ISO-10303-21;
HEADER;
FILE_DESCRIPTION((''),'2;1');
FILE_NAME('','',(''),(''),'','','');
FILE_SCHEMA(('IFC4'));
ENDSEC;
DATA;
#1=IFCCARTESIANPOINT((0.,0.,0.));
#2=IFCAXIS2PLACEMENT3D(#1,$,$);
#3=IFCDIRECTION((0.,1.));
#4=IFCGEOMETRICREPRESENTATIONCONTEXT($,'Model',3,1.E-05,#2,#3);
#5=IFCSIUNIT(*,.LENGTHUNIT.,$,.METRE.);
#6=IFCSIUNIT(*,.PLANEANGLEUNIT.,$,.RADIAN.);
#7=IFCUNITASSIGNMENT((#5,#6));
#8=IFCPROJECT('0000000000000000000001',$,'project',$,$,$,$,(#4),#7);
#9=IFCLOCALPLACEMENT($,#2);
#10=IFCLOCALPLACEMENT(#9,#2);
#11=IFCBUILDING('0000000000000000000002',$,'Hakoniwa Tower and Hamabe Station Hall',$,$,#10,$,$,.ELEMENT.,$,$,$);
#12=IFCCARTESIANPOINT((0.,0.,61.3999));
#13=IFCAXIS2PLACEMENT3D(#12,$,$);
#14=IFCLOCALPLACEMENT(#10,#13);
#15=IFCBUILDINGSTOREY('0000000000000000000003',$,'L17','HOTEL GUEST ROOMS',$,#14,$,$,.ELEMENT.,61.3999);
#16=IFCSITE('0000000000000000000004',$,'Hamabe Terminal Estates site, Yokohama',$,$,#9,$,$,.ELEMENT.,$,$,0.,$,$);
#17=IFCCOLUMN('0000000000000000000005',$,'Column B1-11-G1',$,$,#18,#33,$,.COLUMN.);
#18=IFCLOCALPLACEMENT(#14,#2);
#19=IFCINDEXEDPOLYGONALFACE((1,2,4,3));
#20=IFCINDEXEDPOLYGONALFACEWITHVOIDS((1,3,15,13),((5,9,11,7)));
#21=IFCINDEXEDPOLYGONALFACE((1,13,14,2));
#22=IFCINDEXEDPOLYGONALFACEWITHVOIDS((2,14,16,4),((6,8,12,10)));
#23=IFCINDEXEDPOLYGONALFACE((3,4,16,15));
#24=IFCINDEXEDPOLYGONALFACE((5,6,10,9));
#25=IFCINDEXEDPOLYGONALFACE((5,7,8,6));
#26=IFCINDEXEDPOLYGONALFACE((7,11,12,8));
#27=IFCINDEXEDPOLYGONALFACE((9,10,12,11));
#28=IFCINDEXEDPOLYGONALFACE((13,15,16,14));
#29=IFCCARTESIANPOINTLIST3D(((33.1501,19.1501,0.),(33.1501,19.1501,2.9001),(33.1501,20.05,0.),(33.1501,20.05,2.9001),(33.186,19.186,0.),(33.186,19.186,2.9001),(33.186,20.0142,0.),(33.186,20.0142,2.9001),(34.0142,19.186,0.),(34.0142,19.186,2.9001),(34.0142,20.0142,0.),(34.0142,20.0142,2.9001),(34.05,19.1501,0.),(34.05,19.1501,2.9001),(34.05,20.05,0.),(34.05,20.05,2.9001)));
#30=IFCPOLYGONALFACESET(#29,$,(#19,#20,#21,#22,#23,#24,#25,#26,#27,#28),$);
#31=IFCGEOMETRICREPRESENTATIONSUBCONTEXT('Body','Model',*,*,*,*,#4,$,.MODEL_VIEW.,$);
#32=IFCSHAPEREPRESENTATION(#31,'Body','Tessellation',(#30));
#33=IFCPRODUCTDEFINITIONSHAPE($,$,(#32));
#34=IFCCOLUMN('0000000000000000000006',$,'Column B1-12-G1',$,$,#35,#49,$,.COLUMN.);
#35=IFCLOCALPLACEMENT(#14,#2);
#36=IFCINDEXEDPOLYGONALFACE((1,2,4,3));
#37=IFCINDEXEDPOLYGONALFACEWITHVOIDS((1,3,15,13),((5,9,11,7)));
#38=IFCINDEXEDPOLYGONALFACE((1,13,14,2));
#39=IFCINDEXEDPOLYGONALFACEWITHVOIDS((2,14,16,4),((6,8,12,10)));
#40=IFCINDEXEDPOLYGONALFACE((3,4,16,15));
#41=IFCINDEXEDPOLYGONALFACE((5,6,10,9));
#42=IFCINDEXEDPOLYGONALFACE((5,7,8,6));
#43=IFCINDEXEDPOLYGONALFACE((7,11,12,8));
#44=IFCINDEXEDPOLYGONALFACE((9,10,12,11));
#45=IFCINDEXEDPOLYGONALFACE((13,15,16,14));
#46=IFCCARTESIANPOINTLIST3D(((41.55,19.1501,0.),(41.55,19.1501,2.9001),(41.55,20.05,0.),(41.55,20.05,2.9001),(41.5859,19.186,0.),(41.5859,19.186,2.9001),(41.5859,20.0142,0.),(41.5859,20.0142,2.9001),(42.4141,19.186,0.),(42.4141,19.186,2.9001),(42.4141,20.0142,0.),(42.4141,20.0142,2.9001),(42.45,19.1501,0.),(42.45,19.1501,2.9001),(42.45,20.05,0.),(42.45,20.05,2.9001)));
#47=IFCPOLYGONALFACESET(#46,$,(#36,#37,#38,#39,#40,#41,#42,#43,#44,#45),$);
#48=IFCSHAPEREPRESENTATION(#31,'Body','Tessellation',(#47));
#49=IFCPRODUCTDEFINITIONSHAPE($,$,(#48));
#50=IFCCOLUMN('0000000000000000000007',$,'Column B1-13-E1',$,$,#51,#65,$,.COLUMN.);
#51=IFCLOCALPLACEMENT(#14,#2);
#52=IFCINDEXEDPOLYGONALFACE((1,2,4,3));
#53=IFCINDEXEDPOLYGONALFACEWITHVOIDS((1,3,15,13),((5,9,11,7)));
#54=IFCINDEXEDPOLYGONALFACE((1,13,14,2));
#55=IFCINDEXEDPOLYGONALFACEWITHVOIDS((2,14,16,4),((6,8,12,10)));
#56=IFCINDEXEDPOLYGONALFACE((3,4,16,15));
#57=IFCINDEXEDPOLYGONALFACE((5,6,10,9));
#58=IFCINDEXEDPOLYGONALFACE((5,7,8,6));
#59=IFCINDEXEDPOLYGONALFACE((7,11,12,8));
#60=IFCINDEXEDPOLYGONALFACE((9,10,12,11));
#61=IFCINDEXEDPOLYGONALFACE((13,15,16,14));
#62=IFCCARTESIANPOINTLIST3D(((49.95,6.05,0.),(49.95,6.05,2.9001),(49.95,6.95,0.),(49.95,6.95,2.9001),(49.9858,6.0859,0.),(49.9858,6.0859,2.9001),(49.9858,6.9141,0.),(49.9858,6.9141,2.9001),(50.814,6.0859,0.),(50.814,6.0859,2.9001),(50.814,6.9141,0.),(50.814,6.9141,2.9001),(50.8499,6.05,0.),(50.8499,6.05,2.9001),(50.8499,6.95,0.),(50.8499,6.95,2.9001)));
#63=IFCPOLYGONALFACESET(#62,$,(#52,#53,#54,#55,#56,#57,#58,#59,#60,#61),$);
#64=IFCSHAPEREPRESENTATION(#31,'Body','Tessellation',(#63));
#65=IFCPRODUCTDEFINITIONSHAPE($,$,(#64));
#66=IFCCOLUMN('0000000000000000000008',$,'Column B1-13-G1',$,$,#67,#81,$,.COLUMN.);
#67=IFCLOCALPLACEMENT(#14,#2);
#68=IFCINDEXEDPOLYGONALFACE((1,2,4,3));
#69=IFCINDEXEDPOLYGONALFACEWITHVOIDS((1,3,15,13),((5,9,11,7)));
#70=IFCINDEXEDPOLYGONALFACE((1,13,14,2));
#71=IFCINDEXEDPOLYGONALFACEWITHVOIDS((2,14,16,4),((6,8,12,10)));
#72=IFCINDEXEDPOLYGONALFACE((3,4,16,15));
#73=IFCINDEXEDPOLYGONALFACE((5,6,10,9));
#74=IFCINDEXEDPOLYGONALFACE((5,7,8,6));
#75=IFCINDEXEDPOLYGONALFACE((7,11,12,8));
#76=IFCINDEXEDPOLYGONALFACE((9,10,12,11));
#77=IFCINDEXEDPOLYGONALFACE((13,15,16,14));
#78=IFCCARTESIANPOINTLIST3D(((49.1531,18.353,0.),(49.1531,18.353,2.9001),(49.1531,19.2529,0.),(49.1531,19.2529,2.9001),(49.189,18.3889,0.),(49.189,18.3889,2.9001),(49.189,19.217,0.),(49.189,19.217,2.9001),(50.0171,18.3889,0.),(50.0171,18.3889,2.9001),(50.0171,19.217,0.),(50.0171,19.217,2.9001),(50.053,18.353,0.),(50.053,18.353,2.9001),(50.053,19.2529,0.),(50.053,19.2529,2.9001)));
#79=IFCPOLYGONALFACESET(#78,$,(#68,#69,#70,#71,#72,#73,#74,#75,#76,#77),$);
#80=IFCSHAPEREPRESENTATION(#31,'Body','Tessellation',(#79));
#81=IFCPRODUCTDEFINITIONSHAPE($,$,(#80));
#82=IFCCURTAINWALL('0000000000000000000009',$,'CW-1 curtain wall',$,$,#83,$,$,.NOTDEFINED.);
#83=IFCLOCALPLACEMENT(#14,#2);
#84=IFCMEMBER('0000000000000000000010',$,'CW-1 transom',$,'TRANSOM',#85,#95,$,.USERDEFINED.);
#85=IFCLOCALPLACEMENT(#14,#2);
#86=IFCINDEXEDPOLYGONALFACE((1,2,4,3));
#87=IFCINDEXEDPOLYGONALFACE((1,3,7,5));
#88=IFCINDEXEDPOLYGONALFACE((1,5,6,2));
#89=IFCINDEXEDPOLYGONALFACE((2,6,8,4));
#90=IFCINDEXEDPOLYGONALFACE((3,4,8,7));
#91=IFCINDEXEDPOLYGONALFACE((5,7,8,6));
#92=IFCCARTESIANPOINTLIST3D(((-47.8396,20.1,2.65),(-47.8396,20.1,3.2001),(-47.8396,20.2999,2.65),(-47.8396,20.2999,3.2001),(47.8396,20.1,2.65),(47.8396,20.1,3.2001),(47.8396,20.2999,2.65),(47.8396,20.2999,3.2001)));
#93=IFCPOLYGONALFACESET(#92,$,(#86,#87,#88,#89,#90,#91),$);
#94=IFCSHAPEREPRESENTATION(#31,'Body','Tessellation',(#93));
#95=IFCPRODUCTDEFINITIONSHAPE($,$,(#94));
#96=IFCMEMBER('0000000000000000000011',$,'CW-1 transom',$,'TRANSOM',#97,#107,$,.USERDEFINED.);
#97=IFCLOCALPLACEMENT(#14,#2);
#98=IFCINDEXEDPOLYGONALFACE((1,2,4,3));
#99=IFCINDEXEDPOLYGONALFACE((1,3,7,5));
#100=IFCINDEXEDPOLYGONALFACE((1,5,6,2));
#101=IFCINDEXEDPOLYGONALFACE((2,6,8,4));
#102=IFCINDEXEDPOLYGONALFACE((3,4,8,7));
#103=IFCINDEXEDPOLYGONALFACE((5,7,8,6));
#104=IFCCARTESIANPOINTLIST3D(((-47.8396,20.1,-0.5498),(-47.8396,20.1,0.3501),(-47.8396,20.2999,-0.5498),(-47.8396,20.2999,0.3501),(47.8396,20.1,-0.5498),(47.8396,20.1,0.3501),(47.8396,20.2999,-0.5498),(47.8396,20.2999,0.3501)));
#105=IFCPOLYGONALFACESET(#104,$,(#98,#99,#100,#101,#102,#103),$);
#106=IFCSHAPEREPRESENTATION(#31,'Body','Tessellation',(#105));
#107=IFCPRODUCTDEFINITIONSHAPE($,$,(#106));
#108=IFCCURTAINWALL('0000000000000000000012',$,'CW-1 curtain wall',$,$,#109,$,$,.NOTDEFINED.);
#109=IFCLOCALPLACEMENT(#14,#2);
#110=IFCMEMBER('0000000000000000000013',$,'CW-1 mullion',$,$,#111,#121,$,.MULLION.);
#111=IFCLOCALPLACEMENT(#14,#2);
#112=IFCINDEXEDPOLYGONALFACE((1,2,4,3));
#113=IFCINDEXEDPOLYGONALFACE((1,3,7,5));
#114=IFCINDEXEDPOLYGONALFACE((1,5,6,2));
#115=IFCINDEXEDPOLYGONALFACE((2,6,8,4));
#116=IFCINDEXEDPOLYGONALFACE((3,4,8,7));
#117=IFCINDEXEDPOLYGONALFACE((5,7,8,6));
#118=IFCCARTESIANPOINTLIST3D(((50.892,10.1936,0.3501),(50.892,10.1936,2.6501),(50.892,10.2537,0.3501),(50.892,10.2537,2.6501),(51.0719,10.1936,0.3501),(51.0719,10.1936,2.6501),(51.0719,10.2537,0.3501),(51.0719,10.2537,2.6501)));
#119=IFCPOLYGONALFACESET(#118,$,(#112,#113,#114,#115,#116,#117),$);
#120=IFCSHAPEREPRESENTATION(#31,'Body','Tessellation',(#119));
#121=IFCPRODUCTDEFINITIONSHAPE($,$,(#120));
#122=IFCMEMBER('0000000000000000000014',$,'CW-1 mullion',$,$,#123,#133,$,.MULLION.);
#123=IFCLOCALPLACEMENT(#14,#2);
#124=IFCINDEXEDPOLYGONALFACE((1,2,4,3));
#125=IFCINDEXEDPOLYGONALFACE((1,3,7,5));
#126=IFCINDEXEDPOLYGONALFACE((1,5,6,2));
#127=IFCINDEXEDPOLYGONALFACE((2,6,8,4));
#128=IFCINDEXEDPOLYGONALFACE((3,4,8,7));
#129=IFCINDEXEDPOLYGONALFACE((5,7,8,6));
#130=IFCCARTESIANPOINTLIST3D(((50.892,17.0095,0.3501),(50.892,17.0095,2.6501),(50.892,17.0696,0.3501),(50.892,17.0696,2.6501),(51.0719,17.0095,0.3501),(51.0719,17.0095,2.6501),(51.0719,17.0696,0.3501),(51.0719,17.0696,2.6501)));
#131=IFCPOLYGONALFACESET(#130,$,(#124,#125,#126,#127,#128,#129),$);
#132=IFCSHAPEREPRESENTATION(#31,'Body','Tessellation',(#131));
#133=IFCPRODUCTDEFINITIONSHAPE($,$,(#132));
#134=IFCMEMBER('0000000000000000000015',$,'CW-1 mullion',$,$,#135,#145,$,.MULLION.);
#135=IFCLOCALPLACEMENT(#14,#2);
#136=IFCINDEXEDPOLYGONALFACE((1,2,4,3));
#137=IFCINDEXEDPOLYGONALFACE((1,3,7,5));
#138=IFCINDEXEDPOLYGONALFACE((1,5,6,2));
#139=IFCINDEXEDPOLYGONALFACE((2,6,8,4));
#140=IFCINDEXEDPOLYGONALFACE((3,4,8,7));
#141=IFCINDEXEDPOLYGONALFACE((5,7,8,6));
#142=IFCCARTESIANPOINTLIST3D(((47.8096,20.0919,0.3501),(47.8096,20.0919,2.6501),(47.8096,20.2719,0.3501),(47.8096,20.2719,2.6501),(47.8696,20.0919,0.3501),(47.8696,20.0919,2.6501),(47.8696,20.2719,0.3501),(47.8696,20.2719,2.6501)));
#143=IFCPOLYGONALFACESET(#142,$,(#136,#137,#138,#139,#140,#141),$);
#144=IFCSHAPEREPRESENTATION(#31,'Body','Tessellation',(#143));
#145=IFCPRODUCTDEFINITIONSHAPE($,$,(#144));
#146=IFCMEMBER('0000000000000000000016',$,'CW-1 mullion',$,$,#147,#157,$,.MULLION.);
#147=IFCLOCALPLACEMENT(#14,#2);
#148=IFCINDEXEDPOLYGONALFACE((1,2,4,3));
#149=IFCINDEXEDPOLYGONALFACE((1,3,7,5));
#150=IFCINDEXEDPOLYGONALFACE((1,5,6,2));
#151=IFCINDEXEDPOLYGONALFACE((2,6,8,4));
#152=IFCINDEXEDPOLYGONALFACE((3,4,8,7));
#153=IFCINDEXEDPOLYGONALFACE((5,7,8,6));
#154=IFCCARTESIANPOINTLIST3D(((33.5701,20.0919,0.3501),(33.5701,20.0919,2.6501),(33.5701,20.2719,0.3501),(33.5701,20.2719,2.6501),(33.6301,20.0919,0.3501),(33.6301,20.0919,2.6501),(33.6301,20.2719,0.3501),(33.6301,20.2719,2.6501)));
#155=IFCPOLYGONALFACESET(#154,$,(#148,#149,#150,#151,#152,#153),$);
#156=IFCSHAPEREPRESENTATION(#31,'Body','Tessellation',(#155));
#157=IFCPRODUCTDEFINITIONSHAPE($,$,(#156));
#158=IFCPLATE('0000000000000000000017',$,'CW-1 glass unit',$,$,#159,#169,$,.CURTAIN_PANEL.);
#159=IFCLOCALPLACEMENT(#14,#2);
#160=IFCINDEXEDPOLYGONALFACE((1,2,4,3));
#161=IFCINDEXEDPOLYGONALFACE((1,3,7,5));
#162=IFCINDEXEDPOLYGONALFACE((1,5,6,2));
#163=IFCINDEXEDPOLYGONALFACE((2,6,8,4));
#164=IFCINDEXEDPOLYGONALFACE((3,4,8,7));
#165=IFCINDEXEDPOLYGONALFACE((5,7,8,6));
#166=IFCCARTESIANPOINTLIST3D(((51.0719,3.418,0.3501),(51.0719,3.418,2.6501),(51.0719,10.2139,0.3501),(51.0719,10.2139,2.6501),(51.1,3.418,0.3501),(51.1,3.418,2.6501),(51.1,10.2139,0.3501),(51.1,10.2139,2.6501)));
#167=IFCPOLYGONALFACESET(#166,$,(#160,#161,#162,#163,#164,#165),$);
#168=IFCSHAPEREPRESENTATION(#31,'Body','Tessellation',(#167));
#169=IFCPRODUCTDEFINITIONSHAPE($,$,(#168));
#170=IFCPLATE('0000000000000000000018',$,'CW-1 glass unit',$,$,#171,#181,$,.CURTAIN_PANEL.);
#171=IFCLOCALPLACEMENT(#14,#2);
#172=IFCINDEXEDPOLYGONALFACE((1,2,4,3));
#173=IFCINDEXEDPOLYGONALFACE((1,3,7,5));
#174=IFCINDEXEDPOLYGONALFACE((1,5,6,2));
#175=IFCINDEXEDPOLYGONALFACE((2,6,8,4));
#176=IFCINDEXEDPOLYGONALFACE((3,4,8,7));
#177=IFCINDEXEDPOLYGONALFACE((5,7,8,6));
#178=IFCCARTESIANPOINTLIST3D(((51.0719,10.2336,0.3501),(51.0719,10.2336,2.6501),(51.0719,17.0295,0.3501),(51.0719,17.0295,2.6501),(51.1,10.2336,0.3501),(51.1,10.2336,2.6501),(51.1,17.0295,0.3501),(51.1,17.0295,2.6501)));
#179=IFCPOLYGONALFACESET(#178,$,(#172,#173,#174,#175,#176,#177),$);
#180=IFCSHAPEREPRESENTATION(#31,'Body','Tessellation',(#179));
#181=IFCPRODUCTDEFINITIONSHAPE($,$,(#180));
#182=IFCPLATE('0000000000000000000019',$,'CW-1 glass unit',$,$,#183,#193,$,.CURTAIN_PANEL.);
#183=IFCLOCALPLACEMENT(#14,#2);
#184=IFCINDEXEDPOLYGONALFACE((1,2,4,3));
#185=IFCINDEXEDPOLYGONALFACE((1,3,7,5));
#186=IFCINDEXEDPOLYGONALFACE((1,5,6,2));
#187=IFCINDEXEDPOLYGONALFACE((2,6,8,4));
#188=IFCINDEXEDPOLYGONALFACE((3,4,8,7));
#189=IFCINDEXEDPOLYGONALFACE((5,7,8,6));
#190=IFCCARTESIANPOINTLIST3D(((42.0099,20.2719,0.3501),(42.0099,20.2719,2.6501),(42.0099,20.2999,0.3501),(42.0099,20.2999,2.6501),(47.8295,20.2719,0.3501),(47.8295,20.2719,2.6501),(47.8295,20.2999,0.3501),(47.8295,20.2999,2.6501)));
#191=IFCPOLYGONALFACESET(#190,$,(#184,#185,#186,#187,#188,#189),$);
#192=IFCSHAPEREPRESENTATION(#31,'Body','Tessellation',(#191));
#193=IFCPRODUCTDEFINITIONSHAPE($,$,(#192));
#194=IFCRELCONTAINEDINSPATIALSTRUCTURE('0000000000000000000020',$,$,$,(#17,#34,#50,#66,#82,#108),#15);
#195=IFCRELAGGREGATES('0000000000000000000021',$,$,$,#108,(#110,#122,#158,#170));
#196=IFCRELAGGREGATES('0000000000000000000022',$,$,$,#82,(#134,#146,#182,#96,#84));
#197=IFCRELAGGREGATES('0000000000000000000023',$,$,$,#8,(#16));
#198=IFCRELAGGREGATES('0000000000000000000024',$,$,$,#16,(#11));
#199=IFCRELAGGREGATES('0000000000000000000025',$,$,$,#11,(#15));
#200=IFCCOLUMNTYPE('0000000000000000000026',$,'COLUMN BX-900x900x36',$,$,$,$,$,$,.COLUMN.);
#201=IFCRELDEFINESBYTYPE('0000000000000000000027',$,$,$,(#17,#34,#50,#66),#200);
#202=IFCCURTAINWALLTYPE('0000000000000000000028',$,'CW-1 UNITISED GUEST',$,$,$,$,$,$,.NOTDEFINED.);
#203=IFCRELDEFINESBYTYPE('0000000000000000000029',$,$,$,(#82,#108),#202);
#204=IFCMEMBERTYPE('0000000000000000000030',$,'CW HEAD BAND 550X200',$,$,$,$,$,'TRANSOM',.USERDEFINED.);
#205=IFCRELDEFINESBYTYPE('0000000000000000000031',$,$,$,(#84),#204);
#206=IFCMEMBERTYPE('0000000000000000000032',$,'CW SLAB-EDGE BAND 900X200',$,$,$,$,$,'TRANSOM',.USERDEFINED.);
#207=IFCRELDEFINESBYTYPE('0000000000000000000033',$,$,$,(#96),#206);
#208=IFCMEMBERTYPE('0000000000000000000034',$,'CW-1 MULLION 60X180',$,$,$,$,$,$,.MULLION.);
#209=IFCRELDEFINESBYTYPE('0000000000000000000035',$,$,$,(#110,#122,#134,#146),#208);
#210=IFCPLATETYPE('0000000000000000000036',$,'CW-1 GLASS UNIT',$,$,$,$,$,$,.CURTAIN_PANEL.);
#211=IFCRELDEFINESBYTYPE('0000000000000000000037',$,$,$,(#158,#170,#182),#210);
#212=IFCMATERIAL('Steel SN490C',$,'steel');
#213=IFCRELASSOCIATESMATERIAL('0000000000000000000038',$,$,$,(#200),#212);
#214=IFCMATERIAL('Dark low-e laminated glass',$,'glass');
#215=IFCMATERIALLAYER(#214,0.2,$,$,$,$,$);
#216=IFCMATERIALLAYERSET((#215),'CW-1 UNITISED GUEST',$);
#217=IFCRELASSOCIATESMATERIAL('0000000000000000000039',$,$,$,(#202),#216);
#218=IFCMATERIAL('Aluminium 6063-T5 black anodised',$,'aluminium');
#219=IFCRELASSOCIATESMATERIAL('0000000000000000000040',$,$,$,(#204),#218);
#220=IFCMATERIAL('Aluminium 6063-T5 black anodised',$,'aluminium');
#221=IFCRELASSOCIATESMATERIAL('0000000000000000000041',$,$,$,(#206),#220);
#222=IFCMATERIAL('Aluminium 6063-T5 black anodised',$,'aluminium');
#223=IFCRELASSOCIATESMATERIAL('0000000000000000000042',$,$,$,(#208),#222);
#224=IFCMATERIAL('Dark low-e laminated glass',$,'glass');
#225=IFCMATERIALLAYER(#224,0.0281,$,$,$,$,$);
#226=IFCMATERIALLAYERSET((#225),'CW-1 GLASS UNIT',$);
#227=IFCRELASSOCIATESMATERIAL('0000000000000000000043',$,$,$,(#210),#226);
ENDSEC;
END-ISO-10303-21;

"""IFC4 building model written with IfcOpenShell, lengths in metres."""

from ifc_helpers import new_model, si_unit, direction, frame, origin, origin_2d, place, context, subcontext, project, spatial, rectangle, hollow_rectangle, extrude, material, layer, layer_set, material_profile, profile_set, type_object, element, aggregate, save


model = new_model("IFC4")

# Units and contexts
model_context = context("Model", 3, precision=1e-05, world=origin(), true_north=direction((0.0, 1.0)))
body_context = subcontext(model_context, "Body", "Model", "MODEL_VIEW")
ifc_project = project(units=[si_unit("LENGTHUNIT", "METRE"), si_unit("PLANEANGLEUNIT", "RADIAN")], contexts=[model_context])

# Site, building, storey
site_placement = place(None, origin())
site = spatial("IfcSite", under=ifc_project, at=site_placement, Name="Hamabe Terminal Estates site, Yokohama", CompositionType="ELEMENT", RefElevation=0.0)
building_placement = place(site_placement, origin())
building = spatial("IfcBuilding", under=site, at=building_placement, Name="Hakoniwa Tower and Hamabe Station Hall", CompositionType="ELEMENT")
storey_placement = place(building_placement, frame((0.0, 0.0, 61.3999)))
storey = spatial("IfcBuildingStorey", under=building, at=storey_placement, Name="L17", Description="HOTEL GUEST ROOMS", CompositionType="ELEMENT", Elevation=61.3999)

# Columns
ifc_material_1 = material(Name="Steel SN490C", Category="steel")
ifc_material_profile_1 = material_profile(ifc_material_1, hollow_rectangle(XDim=0.8999, YDim=0.8999, WallThickness=0.0359, at=origin_2d()), Name="BX-900x900x36")
ifc_profile_set_1 = profile_set([ifc_material_profile_1], Name="Steel SN490C")
column_type = type_object("IfcColumnType", Name="COLUMN BX-900x900x36", PredefinedType="COLUMN", material=ifc_profile_set_1)
for number, where, z_axis, x_axis, name in (
    (1, (33.6001, 19.6001, 0.0), (0.0, 0.0, 1.0), (1.0, 0.0, 0.0), "Column B1-11-G1"),
    (2, (42.0, 19.6001, 0.0), (0.0, 0.0, 1.0), (1.0, 0.0, 0.0), "Column B1-12-G1"),
    (3, (50.3999, 6.5, 0.0), (0.0, 0.0, 1.0), (1.0, 0.0, 0.0), "Column B1-13-E1"),
    (4, (49.603, 18.803, 0.0), (0.0, 0.0, 1.0), (1.0, 0.0, 0.0), "Column B1-13-G1"),
):
    element("IfcColumn", number, at=place(storey_placement, frame(where, z_axis=z_axis, x_axis=x_axis)), inside=storey, type_object=column_type, Name=name, PredefinedType="COLUMN", context=body_context, shape_type="SweptSolid", body=[
        extrude(hollow_rectangle(XDim=0.8999, YDim=0.8999, WallThickness=0.0359, at=origin_2d()), origin(), (0.0, 0.0, 1.0), 2.9001),
    ])

# Curtain walls, members
ifc_material_2 = material(Name="Dark low-e laminated glass", Category="glass")
ifc_layer_1 = layer(ifc_material_2, 0.2)
ifc_layer_set_1 = layer_set([ifc_layer_1], Name="CW-1 UNITISED GUEST")
curtain_wall_type = type_object("IfcCurtainWallType", Name="CW-1 UNITISED GUEST", PredefinedType="NOTDEFINED", material=ifc_layer_set_1)
curtain_wall_1_placement = place(storey_placement, origin())
curtain_wall_1 = element("IfcCurtainWall", 5, at=curtain_wall_1_placement, inside=storey, type_object=curtain_wall_type, Name="CW-1 curtain wall", PredefinedType="NOTDEFINED")
ifc_material_3 = material(Name="Aluminium 6063-T5 black anodised", Category="aluminium")
ifc_material_profile_2 = material_profile(ifc_material_3, rectangle(XDim=0.2, YDim=0.55, at=origin_2d()), Name="CW HEAD BAND 550X200")
ifc_profile_set_2 = profile_set([ifc_material_profile_2], Name="Aluminium 6063-T5 black anodised")
member_type_1 = type_object("IfcMemberType", Name="CW HEAD BAND 550X200", ElementType="TRANSOM", PredefinedType="USERDEFINED", material=ifc_profile_set_2)
member_1_placement = place(storey_placement, frame((47.8396, 20.2, 2.925), z_axis=(-1.0, 0.0, 0.0), x_axis=(0.0, -1.0, 0.0)))
member_1 = element("IfcMember", 6, at=member_1_placement, type_object=member_type_1, Name="CW-1 transom", ObjectType="TRANSOM", PredefinedType="USERDEFINED", context=body_context, shape_type="SweptSolid", body=[
    extrude(rectangle(XDim=0.2, YDim=0.55, at=origin_2d()), origin(), (0.0, 0.0, 1.0), 95.6792),
])
ifc_material_4 = material(Name="Aluminium 6063-T5 black anodised", Category="aluminium")
ifc_material_profile_3 = material_profile(ifc_material_4, rectangle(XDim=0.2, YDim=0.8999, at=origin_2d()), Name="CW SLAB-EDGE BAND 900X200")
ifc_profile_set_3 = profile_set([ifc_material_profile_3], Name="Aluminium 6063-T5 black anodised")
member_type_2 = type_object("IfcMemberType", Name="CW SLAB-EDGE BAND 900X200", ElementType="TRANSOM", PredefinedType="USERDEFINED", material=ifc_profile_set_3)
member_2_placement = place(storey_placement, frame((47.8396, 20.2, -0.0999), z_axis=(-1.0, 0.0, 0.0), x_axis=(0.0, -1.0, 0.0)))
member_2 = element("IfcMember", 7, at=member_2_placement, type_object=member_type_2, Name="CW-1 transom", ObjectType="TRANSOM", PredefinedType="USERDEFINED", context=body_context, shape_type="SweptSolid", body=[
    extrude(rectangle(XDim=0.2, YDim=0.8999, at=origin_2d()), origin(), (0.0, 0.0, 1.0), 95.6792),
])
curtain_wall_2_placement = place(storey_placement, origin())
curtain_wall_2 = element("IfcCurtainWall", 8, at=curtain_wall_2_placement, inside=storey, type_object=curtain_wall_type, Name="CW-1 curtain wall", PredefinedType="NOTDEFINED")
ifc_material_5 = material(Name="Aluminium 6063-T5 black anodised", Category="aluminium")
ifc_material_profile_4 = material_profile(ifc_material_5, rectangle(XDim=0.0601, YDim=0.1799, at=origin_2d()), Name="CW-1 MULLION 60X180")
ifc_profile_set_4 = profile_set([ifc_material_profile_4], Name="Aluminium 6063-T5 black anodised")
member_type_3 = type_object("IfcMemberType", Name="CW-1 MULLION 60X180", PredefinedType="MULLION", material=ifc_profile_set_4)
member_3_placement = place(storey_placement, frame((50.9819, 10.2236, 0.3501), z_axis=(0.0, 0.0, 1.0), x_axis=(0.0, 1.0, 0.0)))
member_3 = element("IfcMember", 9, at=member_3_placement, type_object=member_type_3, Name="CW-1 mullion", PredefinedType="MULLION", context=body_context, shape_type="SweptSolid", body=[
    extrude(rectangle(XDim=0.0601, YDim=0.1799, at=origin_2d()), origin(), (0.0, 0.0, 1.0), 2.3),
])
member_4_placement = place(storey_placement, frame((50.9819, 17.0396, 0.3501), z_axis=(0.0, 0.0, 1.0), x_axis=(0.0, 1.0, 0.0)))
member_4 = element("IfcMember", 10, at=member_4_placement, type_object=member_type_3, Name="CW-1 mullion", PredefinedType="MULLION", context=body_context, shape_type="SweptSolid", body=[
    extrude(rectangle(XDim=0.0601, YDim=0.1799, at=origin_2d()), origin(), (0.0, 0.0, 1.0), 2.3),
])

# Members
member_5_placement = place(storey_placement, frame((47.8396, 20.1819, 0.3501), z_axis=(0.0, 0.0, 1.0), x_axis=(-1.0, 0.0, 0.0)))
member_5 = element("IfcMember", 11, at=member_5_placement, type_object=member_type_3, Name="CW-1 mullion", PredefinedType="MULLION", context=body_context, shape_type="SweptSolid", body=[
    extrude(rectangle(XDim=0.0601, YDim=0.1799, at=origin_2d()), origin(), (0.0, 0.0, 1.0), 2.3),
])
member_6_placement = place(storey_placement, frame((33.6001, 20.1819, 0.3501), z_axis=(0.0, 0.0, 1.0), x_axis=(-1.0, 0.0, 0.0)))
member_6 = element("IfcMember", 12, at=member_6_placement, type_object=member_type_3, Name="CW-1 mullion", PredefinedType="MULLION", context=body_context, shape_type="SweptSolid", body=[
    extrude(rectangle(XDim=0.0601, YDim=0.1799, at=origin_2d()), origin(), (0.0, 0.0, 1.0), 2.3),
])

# Plates
ifc_material_6 = material(Name="Dark low-e laminated glass", Category="glass")
ifc_layer_2 = layer(ifc_material_6, 0.0281)
ifc_layer_set_2 = layer_set([ifc_layer_2], Name="CW-1 GLASS UNIT")
plate_type = type_object("IfcPlateType", Name="CW-1 GLASS UNIT", PredefinedType="CURTAIN_PANEL", material=ifc_layer_set_2)
plate_1_placement = place(storey_placement, frame((51.0859, 6.8159, 0.3501), z_axis=(0.0, 0.0, 1.0), x_axis=(0.0, 1.0, 0.0)))
plate_1 = element("IfcPlate", 13, at=plate_1_placement, type_object=plate_type, Name="CW-1 glass unit", PredefinedType="CURTAIN_PANEL", context=body_context, shape_type="SweptSolid", body=[
    extrude(rectangle(XDim=6.7959, YDim=0.0281, at=origin_2d()), origin(), (0.0, 0.0, 1.0), 2.3),
])
plate_2_placement = place(storey_placement, frame((51.0859, 13.6316, 0.3501), z_axis=(0.0, 0.0, 1.0), x_axis=(0.0, 1.0, 0.0)))
plate_2 = element("IfcPlate", 14, at=plate_2_placement, type_object=plate_type, Name="CW-1 glass unit", PredefinedType="CURTAIN_PANEL", context=body_context, shape_type="SweptSolid", body=[
    extrude(rectangle(XDim=6.7959, YDim=0.0281, at=origin_2d()), origin(), (0.0, 0.0, 1.0), 2.3),
])
aggregate(curtain_wall_2, [member_3, member_4, plate_1, plate_2])
plate_3_placement = place(storey_placement, frame((44.9197, 20.2859, 0.3501), z_axis=(0.0, 0.0, 1.0), x_axis=(-1.0, 0.0, 0.0)))
plate_3 = element("IfcPlate", 15, at=plate_3_placement, type_object=plate_type, Name="CW-1 glass unit", PredefinedType="CURTAIN_PANEL", context=body_context, shape_type="SweptSolid", body=[
    extrude(rectangle(XDim=5.8196, YDim=0.0281, at=origin_2d()), origin(), (0.0, 0.0, 1.0), 2.3),
])
aggregate(curtain_wall_1, [member_5, member_6, plate_3, member_2, member_1])

save(model, "model.ifc")
